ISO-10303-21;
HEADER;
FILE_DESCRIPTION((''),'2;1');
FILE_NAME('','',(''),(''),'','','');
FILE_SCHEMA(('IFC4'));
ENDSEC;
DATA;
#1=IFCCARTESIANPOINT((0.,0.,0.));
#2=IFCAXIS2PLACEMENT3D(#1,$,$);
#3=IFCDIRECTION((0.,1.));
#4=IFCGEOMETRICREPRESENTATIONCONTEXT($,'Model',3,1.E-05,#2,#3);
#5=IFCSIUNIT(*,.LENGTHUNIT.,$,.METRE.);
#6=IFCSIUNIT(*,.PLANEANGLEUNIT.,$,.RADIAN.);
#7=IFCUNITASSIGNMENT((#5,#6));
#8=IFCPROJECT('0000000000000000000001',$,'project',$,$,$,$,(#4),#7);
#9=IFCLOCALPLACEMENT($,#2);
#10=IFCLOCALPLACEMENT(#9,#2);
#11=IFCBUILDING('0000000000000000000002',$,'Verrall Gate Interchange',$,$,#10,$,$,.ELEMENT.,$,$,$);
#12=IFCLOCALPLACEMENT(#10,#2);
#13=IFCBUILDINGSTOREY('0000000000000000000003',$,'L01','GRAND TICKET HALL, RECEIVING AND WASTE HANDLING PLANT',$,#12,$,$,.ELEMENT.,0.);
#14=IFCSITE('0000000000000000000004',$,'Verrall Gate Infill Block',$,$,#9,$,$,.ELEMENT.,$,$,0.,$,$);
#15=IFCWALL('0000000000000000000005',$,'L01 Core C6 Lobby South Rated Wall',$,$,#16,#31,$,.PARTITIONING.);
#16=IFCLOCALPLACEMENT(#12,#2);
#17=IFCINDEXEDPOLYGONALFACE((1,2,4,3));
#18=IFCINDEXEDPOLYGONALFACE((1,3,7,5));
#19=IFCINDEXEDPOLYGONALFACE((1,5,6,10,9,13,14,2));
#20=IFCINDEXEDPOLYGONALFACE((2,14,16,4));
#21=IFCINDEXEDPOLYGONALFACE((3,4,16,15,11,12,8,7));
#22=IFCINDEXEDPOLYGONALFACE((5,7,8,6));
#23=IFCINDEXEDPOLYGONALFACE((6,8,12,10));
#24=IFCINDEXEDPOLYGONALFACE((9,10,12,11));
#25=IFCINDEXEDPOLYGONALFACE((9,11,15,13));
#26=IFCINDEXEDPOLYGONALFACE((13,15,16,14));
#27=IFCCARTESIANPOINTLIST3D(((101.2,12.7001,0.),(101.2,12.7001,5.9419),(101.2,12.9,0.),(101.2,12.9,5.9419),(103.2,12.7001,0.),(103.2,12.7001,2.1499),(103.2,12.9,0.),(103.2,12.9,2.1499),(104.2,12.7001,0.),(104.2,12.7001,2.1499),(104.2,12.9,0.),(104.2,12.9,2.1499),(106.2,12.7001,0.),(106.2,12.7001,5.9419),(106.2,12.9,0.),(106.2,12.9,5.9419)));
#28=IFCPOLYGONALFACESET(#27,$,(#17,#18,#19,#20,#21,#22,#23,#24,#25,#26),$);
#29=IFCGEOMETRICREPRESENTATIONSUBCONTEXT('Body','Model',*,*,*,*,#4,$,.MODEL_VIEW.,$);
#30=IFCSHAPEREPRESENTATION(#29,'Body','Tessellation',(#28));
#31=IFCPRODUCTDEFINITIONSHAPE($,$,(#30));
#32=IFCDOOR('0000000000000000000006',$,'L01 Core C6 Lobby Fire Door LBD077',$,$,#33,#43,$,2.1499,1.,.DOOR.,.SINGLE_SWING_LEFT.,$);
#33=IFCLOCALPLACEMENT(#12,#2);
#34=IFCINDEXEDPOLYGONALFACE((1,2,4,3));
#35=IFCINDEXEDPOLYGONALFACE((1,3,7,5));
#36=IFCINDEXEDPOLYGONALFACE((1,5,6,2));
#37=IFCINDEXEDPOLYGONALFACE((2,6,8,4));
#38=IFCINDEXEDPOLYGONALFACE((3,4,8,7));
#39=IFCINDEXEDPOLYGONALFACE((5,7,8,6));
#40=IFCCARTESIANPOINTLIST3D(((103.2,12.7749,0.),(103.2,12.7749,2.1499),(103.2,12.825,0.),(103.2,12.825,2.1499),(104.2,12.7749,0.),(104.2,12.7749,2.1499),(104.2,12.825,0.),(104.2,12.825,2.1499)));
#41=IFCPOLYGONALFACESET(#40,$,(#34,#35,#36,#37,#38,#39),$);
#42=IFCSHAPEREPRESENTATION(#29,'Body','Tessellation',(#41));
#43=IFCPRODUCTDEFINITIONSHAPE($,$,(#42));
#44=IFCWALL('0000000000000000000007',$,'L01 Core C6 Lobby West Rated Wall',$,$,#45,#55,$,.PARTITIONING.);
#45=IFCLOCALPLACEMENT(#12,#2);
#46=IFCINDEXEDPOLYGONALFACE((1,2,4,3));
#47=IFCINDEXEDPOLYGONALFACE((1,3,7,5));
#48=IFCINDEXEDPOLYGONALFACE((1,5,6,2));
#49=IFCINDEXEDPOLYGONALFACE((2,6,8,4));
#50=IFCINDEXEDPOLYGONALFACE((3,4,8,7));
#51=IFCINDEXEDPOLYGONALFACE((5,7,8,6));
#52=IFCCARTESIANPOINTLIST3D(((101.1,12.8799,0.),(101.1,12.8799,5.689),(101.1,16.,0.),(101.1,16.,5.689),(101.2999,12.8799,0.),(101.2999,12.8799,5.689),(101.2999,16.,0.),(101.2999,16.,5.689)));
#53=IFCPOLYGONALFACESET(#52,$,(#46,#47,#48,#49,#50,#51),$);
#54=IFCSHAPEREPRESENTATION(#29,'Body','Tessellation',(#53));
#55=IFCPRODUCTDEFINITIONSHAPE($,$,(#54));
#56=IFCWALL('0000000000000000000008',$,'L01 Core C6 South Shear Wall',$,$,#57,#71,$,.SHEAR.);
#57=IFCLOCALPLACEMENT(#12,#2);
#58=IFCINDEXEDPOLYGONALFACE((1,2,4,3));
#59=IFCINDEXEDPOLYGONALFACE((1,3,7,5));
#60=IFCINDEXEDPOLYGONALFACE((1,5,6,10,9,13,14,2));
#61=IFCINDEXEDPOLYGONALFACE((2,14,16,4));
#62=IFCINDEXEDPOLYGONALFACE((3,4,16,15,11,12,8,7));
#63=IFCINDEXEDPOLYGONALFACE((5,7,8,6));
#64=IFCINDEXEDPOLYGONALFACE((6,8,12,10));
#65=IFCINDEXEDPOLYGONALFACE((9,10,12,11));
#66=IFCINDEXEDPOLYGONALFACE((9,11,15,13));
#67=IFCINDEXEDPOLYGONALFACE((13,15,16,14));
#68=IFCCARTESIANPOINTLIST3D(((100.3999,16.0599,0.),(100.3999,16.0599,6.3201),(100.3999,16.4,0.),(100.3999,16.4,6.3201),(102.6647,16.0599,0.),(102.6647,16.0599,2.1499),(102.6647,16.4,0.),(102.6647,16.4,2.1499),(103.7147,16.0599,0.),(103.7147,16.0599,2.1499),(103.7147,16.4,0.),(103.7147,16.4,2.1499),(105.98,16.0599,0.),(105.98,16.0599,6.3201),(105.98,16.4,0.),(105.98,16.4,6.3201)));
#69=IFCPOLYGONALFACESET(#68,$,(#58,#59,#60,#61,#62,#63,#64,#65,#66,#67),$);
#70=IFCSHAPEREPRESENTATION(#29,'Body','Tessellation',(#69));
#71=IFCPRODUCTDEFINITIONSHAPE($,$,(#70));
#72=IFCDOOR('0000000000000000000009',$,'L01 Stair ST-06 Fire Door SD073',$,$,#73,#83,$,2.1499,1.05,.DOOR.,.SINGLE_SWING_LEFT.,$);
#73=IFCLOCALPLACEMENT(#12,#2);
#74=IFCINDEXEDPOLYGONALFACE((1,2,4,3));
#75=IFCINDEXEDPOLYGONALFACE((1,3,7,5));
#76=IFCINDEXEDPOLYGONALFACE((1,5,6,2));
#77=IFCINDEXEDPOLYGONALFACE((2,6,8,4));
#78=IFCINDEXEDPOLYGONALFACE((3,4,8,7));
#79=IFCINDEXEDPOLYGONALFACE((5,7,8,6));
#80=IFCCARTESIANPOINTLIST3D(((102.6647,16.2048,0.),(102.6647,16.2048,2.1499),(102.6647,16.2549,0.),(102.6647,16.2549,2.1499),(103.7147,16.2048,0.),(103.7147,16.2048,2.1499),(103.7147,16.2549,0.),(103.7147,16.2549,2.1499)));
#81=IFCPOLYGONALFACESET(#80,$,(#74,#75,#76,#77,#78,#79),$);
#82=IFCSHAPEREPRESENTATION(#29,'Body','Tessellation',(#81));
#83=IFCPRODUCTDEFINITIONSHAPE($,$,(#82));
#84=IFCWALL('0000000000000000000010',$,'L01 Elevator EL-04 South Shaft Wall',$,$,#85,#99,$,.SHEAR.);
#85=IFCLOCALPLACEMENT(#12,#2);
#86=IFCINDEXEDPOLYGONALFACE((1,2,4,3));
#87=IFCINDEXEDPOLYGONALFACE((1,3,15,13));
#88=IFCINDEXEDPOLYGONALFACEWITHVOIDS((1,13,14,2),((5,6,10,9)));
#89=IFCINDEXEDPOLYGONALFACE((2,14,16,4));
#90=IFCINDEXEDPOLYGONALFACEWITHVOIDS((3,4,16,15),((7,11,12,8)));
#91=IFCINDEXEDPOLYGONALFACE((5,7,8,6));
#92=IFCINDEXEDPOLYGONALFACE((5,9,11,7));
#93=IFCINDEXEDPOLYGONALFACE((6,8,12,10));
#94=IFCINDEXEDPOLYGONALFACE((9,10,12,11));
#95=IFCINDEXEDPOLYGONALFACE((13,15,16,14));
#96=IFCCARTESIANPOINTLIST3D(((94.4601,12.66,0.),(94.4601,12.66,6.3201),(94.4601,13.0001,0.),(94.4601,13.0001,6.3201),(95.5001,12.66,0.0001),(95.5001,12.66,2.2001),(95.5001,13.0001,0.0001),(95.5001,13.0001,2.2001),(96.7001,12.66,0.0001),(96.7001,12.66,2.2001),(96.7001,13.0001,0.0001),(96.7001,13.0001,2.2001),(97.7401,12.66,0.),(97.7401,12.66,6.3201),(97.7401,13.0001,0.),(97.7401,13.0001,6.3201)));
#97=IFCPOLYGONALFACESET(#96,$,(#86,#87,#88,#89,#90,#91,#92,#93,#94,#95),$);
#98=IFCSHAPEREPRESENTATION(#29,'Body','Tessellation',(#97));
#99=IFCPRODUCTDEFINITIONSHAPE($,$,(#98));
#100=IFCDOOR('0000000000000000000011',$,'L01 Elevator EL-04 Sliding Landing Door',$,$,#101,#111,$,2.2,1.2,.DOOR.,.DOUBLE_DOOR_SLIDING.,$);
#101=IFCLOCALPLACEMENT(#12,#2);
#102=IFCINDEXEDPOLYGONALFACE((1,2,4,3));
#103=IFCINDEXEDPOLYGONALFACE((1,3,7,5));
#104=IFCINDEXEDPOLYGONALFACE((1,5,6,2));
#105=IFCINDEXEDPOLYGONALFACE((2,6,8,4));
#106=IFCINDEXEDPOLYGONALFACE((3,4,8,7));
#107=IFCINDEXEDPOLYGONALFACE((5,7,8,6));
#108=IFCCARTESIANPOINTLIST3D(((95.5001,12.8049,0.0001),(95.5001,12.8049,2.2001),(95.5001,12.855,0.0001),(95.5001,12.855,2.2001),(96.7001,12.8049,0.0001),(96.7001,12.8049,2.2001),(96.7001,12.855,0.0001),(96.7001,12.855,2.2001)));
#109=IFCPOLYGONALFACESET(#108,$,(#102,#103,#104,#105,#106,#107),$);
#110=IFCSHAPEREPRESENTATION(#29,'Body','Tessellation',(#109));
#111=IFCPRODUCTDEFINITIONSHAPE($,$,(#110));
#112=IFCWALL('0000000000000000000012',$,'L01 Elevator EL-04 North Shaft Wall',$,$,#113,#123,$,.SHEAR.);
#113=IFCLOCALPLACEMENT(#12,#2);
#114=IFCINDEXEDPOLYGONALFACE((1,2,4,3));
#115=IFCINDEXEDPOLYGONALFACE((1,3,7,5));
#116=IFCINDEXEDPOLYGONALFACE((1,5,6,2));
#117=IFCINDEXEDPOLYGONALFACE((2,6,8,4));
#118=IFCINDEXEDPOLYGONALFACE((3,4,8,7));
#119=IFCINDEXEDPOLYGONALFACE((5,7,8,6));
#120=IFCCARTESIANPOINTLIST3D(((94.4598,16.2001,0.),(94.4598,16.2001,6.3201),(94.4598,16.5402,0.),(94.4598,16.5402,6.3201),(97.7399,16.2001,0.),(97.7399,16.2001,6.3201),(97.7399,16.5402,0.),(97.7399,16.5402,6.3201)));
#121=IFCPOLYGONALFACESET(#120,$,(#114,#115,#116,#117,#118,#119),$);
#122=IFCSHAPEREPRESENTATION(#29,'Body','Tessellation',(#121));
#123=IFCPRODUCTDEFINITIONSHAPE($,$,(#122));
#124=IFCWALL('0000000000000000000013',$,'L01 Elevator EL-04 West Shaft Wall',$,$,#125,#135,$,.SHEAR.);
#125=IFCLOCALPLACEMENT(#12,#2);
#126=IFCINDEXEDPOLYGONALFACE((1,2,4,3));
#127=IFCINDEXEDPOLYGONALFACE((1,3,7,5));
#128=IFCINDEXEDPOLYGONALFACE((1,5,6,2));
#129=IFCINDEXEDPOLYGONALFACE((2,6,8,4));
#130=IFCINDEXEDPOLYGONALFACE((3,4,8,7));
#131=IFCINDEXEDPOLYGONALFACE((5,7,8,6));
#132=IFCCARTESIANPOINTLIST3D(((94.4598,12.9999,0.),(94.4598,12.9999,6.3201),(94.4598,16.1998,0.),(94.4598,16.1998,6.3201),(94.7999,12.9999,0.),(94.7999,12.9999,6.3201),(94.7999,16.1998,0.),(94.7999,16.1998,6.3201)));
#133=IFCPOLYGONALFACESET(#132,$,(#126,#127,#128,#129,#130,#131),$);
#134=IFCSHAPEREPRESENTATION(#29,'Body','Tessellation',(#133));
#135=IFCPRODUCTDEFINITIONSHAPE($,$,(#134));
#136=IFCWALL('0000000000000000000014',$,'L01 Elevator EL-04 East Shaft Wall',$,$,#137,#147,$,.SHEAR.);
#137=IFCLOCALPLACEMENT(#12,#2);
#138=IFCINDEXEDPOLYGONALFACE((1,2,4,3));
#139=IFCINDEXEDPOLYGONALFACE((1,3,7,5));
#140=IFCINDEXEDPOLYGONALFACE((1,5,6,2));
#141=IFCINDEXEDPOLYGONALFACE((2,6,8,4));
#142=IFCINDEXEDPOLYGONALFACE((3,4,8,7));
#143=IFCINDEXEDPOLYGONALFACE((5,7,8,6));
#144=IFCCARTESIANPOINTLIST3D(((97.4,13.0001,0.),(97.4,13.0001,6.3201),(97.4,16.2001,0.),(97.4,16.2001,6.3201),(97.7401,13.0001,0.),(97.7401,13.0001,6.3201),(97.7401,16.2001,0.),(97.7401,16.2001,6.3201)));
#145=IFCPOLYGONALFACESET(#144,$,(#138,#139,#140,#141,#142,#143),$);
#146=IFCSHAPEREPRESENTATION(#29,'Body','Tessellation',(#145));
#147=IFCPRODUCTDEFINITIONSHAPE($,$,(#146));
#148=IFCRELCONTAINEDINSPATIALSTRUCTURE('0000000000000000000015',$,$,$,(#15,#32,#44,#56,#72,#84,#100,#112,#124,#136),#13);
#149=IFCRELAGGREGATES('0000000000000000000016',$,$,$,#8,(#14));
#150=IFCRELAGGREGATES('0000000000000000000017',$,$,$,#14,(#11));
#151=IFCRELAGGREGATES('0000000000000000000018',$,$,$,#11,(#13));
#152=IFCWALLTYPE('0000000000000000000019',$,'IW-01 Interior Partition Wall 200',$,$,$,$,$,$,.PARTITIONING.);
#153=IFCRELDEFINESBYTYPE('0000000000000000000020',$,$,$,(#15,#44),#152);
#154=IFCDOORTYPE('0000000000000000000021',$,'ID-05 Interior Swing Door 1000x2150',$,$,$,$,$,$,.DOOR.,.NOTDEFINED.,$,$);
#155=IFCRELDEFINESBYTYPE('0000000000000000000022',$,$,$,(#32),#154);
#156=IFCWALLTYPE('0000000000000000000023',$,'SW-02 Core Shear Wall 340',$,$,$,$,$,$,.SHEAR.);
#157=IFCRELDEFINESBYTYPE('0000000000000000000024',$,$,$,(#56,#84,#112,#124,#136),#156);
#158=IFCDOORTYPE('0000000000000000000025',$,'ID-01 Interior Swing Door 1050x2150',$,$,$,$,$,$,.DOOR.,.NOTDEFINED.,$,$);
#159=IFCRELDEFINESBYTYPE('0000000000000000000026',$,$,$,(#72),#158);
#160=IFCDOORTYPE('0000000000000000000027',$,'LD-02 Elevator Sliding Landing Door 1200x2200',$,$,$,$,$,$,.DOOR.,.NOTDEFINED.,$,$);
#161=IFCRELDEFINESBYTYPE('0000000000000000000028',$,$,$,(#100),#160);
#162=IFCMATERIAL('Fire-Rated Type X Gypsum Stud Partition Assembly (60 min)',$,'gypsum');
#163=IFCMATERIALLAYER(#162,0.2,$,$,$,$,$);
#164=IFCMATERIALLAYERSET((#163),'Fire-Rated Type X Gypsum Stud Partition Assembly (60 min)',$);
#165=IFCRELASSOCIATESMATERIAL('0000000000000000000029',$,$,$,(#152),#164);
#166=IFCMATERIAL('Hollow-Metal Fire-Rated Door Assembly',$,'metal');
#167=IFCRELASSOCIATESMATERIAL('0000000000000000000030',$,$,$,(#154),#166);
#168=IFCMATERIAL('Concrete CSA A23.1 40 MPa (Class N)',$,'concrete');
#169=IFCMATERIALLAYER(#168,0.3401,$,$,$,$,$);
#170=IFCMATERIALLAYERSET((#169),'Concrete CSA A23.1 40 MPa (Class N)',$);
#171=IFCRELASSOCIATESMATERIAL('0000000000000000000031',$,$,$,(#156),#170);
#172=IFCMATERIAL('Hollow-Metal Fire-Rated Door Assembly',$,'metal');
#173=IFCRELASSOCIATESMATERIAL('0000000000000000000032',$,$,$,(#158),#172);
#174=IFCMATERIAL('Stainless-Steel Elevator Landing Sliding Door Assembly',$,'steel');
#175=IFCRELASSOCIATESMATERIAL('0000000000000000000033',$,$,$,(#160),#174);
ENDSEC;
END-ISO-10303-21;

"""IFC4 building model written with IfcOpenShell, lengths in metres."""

from ifc_helpers import new_model, si_unit, direction, frame, frame_2d, origin, place, context, subcontext, project, spatial, rectangle, extrude, material, layer, layer_set, type_object, element, fill, save


model = new_model("IFC4")

# Units and contexts
model_context = context("Model", 3, precision=1e-05, world=origin(), true_north=direction((0.0, 1.0)))
body_context = subcontext(model_context, "Body", "Model", "MODEL_VIEW")
ifc_project = project(units=[si_unit("LENGTHUNIT", "METRE"), si_unit("PLANEANGLEUNIT", "RADIAN")], contexts=[model_context])

# Site, building, storey
site_placement = place(None, origin())
site = spatial("IfcSite", under=ifc_project, at=site_placement, Name="Verrall Gate Infill Block", CompositionType="ELEMENT", RefElevation=0.0)
building_placement = place(site_placement, origin())
building = spatial("IfcBuilding", under=site, at=building_placement, Name="Verrall Gate Interchange", CompositionType="ELEMENT")
storey_placement = place(building_placement, origin())
storey = spatial("IfcBuildingStorey", under=building, at=storey_placement, Name="L01", Description="GRAND TICKET HALL, RECEIVING AND WASTE HANDLING PLANT", CompositionType="ELEMENT", Elevation=0.0)

# Wall, opening, door
ifc_material_1 = material(Name="Fire-Rated Type X Gypsum Stud Partition Assembly (60 min)", Category="gypsum")
ifc_layer_1 = layer(ifc_material_1, 0.2)
ifc_layer_set_1 = layer_set([ifc_layer_1], Name="Fire-Rated Type X Gypsum Stud Partition Assembly (60 min)")
wall_type_1 = type_object("IfcWallType", Name="IW-01 Interior Partition Wall 200", PredefinedType="PARTITIONING", material=ifc_layer_set_1)
wall_1_placement = place(storey_placement, frame((101.2, 12.8, 0.0), z_axis=(0.0, 0.0, 1.0), x_axis=(1.0, 0.0, 0.0)))
wall_1 = element("IfcWall", 1, at=wall_1_placement, inside=storey, type_object=wall_type_1, Name="L01 Core C6 Lobby South Rated Wall", PredefinedType="PARTITIONING", context=body_context, shape_type="SweptSolid", body=[
    extrude(rectangle(XDim=5.0, YDim=0.2, at=frame_2d((2.5, 0.0))), origin(), (0.0, 0.0, 1.0), 5.9419),
])
opening_1_placement = place(wall_1_placement, frame((2.0, 0.0, 0.0)))
opening_1 = element("IfcOpeningElement", 2, at=opening_1_placement, cuts=wall_1, PredefinedType="OPENING", context=body_context, shape_type="SweptSolid", body=[
    extrude(rectangle(XDim=1.0, YDim=2.1499, at=frame_2d((0.5, 1.075))), frame((0.0, 0.1147, 0.0), z_axis=(0.0, -1.0, 0.0), x_axis=(1.0, 0.0, 0.0)), (0.0, 0.0, 1.0), 0.2297),
])
ifc_material_2 = material(Name="Hollow-Metal Fire-Rated Door Assembly", Category="metal")
door_type_1 = type_object("IfcDoorType", Name="ID-05 Interior Swing Door 1000x2150", OperationType="NOTDEFINED", PredefinedType="DOOR", material=ifc_material_2)
door_1_placement = place(opening_1_placement, origin())
door_1 = element("IfcDoor", 3, at=door_1_placement, inside=storey, type_object=door_type_1, Name="L01 Core C6 Lobby Fire Door LBD077", OperationType="SINGLE_SWING_LEFT", OverallHeight=2.1499, OverallWidth=1.0, PredefinedType="DOOR", context=body_context, shape_type="SweptSolid", body=[
    extrude(rectangle(XDim=1.0, YDim=2.1499, at=frame_2d((0.5, 1.075))), frame((0.0, 0.0249, 0.0), z_axis=(0.0, -1.0, 0.0), x_axis=(1.0, 0.0, 0.0)), (0.0, 0.0, 1.0), 0.05),
])
fill(opening_1, door_1)

# Wall
wall_2_placement = place(storey_placement, frame((101.2, 16.0, 0.0), z_axis=(0.0, 0.0, 1.0), x_axis=(0.0, -1.0, 0.0)))
element("IfcWall", 4, at=wall_2_placement, inside=storey, type_object=wall_type_1, Name="L01 Core C6 Lobby West Rated Wall", PredefinedType="PARTITIONING", context=body_context, shape_type="SweptSolid", body=[
    extrude(rectangle(XDim=3.1201, YDim=0.2, at=frame_2d((1.5601, 0.0))), origin(), (0.0, 0.0, 1.0), 5.689),
])

# Walls, openings, doors
ifc_material_3 = material(Name="Concrete CSA A23.1 40 MPa (Class N)", Category="concrete")
ifc_layer_2 = layer(ifc_material_3, 0.3401)
ifc_layer_set_2 = layer_set([ifc_layer_2], Name="Concrete CSA A23.1 40 MPa (Class N)")
wall_type_2 = type_object("IfcWallType", Name="SW-02 Core Shear Wall 340", PredefinedType="SHEAR", material=ifc_layer_set_2)
wall_3_placement = place(storey_placement, frame((100.3999, 16.23, 0.0), z_axis=(0.0, 0.0, 1.0), x_axis=(1.0, 0.0, 0.0)))
wall_3 = element("IfcWall", 5, at=wall_3_placement, inside=storey, type_object=wall_type_2, Name="L01 Core C6 South Shear Wall", PredefinedType="SHEAR", context=body_context, shape_type="SweptSolid", body=[
    extrude(rectangle(XDim=5.5801, YDim=0.3401, at=frame_2d((2.79, 0.0))), origin(), (0.0, 0.0, 1.0), 6.3201),
])
opening_2_placement = place(wall_3_placement, frame((2.2649, 0.0, 0.0)))
opening_2 = element("IfcOpeningElement", 6, at=opening_2_placement, cuts=wall_3, PredefinedType="OPENING", context=body_context, shape_type="SweptSolid", body=[
    extrude(rectangle(XDim=1.05, YDim=2.1499, at=frame_2d((0.5249, 1.075))), frame((0.0, 0.1851, 0.0), z_axis=(0.0, -1.0, 0.0), x_axis=(1.0, 0.0, 0.0)), (0.0, 0.0, 1.0), 0.3699),
])
ifc_material_4 = material(Name="Hollow-Metal Fire-Rated Door Assembly", Category="metal")
door_type_2 = type_object("IfcDoorType", Name="ID-01 Interior Swing Door 1050x2150", OperationType="NOTDEFINED", PredefinedType="DOOR", material=ifc_material_4)
door_2_placement = place(opening_2_placement, origin())
door_2 = element("IfcDoor", 7, at=door_2_placement, inside=storey, type_object=door_type_2, Name="L01 Stair ST-06 Fire Door SD073", OperationType="SINGLE_SWING_LEFT", OverallHeight=2.1499, OverallWidth=1.05, PredefinedType="DOOR", context=body_context, shape_type="SweptSolid", body=[
    extrude(rectangle(XDim=1.05, YDim=2.1499, at=frame_2d((0.5249, 1.075))), frame((0.0, 0.0249, 0.0), z_axis=(0.0, -1.0, 0.0), x_axis=(1.0, 0.0, 0.0)), (0.0, 0.0, 1.0), 0.05),
])
fill(opening_2, door_2)
wall_4_placement = place(storey_placement, frame((94.46, 12.8301, 0.0), z_axis=(0.0, 0.0, 1.0), x_axis=(1.0, 0.0, 0.0)))
wall_4 = element("IfcWall", 8, at=wall_4_placement, inside=storey, type_object=wall_type_2, Name="L01 Elevator EL-04 South Shaft Wall", PredefinedType="SHEAR", context=body_context, shape_type="SweptSolid", body=[
    extrude(rectangle(XDim=3.28, YDim=0.3401, at=frame_2d((1.6401, 0.0))), origin(), (0.0, 0.0, 1.0), 6.3201),
])
opening_3_placement = place(wall_4_placement, frame((1.04, 0.0, 0.0)))
opening_3 = element("IfcOpeningElement", 9, at=opening_3_placement, cuts=wall_4, PredefinedType="OPENING", context=body_context, shape_type="SweptSolid", body=[
    extrude(rectangle(XDim=1.2, YDim=2.2, at=frame_2d((0.6001, 1.1001))), frame((0.0, 0.1851, 0.0), z_axis=(0.0, -1.0, 0.0), x_axis=(1.0, 0.0, 0.0)), (0.0, 0.0, 1.0), 0.3699),
])
ifc_material_5 = material(Name="Stainless-Steel Elevator Landing Sliding Door Assembly", Category="steel")
door_type_3 = type_object("IfcDoorType", Name="LD-02 Elevator Sliding Landing Door 1200x2200", OperationType="NOTDEFINED", PredefinedType="DOOR", material=ifc_material_5)
door_3_placement = place(opening_3_placement, origin())
door_3 = element("IfcDoor", 10, at=door_3_placement, inside=storey, type_object=door_type_3, Name="L01 Elevator EL-04 Sliding Landing Door", OperationType="DOUBLE_DOOR_SLIDING", OverallHeight=2.2, OverallWidth=1.2, PredefinedType="DOOR", context=body_context, shape_type="SweptSolid", body=[
    extrude(rectangle(XDim=1.2, YDim=2.2, at=frame_2d((0.6001, 1.1001))), frame((0.0, 0.0249, 0.0), z_axis=(0.0, -1.0, 0.0), x_axis=(1.0, 0.0, 0.0)), (0.0, 0.0, 1.0), 0.05),
])
fill(opening_3, door_3)

# Walls
wall_5_placement = place(storey_placement, frame((97.74, 16.3701, 0.0), z_axis=(0.0, 0.0, 1.0), x_axis=(-1.0, 0.0, 0.0)))
element("IfcWall", 11, at=wall_5_placement, inside=storey, type_object=wall_type_2, Name="L01 Elevator EL-04 North Shaft Wall", PredefinedType="SHEAR", context=body_context, shape_type="SweptSolid", body=[
    extrude(rectangle(XDim=3.28, YDim=0.3401, at=frame_2d((1.6401, 0.0))), origin(), (0.0, 0.0, 1.0), 6.3201),
])
for number, where, z_axis, x_axis, name in (
    (12, (94.6299, 16.2, 0.0), (0.0, 0.0, 1.0), (0.0, -1.0, 0.0), "L01 Elevator EL-04 West Shaft Wall"),
    (13, (97.5701, 13.0, 0.0), (0.0, 0.0, 1.0), (0.0, 1.0, 0.0), "L01 Elevator EL-04 East Shaft Wall"),
):
    element("IfcWall", number, at=place(storey_placement, frame(where, z_axis=z_axis, x_axis=x_axis)), inside=storey, type_object=wall_type_2, Name=name, PredefinedType="SHEAR", context=body_context, shape_type="SweptSolid", body=[
        extrude(rectangle(XDim=3.2, YDim=0.3401, at=frame_2d((1.6001, 0.0))), origin(), (0.0, 0.0, 1.0), 6.3201),
    ])

save(model, "model.ifc")
